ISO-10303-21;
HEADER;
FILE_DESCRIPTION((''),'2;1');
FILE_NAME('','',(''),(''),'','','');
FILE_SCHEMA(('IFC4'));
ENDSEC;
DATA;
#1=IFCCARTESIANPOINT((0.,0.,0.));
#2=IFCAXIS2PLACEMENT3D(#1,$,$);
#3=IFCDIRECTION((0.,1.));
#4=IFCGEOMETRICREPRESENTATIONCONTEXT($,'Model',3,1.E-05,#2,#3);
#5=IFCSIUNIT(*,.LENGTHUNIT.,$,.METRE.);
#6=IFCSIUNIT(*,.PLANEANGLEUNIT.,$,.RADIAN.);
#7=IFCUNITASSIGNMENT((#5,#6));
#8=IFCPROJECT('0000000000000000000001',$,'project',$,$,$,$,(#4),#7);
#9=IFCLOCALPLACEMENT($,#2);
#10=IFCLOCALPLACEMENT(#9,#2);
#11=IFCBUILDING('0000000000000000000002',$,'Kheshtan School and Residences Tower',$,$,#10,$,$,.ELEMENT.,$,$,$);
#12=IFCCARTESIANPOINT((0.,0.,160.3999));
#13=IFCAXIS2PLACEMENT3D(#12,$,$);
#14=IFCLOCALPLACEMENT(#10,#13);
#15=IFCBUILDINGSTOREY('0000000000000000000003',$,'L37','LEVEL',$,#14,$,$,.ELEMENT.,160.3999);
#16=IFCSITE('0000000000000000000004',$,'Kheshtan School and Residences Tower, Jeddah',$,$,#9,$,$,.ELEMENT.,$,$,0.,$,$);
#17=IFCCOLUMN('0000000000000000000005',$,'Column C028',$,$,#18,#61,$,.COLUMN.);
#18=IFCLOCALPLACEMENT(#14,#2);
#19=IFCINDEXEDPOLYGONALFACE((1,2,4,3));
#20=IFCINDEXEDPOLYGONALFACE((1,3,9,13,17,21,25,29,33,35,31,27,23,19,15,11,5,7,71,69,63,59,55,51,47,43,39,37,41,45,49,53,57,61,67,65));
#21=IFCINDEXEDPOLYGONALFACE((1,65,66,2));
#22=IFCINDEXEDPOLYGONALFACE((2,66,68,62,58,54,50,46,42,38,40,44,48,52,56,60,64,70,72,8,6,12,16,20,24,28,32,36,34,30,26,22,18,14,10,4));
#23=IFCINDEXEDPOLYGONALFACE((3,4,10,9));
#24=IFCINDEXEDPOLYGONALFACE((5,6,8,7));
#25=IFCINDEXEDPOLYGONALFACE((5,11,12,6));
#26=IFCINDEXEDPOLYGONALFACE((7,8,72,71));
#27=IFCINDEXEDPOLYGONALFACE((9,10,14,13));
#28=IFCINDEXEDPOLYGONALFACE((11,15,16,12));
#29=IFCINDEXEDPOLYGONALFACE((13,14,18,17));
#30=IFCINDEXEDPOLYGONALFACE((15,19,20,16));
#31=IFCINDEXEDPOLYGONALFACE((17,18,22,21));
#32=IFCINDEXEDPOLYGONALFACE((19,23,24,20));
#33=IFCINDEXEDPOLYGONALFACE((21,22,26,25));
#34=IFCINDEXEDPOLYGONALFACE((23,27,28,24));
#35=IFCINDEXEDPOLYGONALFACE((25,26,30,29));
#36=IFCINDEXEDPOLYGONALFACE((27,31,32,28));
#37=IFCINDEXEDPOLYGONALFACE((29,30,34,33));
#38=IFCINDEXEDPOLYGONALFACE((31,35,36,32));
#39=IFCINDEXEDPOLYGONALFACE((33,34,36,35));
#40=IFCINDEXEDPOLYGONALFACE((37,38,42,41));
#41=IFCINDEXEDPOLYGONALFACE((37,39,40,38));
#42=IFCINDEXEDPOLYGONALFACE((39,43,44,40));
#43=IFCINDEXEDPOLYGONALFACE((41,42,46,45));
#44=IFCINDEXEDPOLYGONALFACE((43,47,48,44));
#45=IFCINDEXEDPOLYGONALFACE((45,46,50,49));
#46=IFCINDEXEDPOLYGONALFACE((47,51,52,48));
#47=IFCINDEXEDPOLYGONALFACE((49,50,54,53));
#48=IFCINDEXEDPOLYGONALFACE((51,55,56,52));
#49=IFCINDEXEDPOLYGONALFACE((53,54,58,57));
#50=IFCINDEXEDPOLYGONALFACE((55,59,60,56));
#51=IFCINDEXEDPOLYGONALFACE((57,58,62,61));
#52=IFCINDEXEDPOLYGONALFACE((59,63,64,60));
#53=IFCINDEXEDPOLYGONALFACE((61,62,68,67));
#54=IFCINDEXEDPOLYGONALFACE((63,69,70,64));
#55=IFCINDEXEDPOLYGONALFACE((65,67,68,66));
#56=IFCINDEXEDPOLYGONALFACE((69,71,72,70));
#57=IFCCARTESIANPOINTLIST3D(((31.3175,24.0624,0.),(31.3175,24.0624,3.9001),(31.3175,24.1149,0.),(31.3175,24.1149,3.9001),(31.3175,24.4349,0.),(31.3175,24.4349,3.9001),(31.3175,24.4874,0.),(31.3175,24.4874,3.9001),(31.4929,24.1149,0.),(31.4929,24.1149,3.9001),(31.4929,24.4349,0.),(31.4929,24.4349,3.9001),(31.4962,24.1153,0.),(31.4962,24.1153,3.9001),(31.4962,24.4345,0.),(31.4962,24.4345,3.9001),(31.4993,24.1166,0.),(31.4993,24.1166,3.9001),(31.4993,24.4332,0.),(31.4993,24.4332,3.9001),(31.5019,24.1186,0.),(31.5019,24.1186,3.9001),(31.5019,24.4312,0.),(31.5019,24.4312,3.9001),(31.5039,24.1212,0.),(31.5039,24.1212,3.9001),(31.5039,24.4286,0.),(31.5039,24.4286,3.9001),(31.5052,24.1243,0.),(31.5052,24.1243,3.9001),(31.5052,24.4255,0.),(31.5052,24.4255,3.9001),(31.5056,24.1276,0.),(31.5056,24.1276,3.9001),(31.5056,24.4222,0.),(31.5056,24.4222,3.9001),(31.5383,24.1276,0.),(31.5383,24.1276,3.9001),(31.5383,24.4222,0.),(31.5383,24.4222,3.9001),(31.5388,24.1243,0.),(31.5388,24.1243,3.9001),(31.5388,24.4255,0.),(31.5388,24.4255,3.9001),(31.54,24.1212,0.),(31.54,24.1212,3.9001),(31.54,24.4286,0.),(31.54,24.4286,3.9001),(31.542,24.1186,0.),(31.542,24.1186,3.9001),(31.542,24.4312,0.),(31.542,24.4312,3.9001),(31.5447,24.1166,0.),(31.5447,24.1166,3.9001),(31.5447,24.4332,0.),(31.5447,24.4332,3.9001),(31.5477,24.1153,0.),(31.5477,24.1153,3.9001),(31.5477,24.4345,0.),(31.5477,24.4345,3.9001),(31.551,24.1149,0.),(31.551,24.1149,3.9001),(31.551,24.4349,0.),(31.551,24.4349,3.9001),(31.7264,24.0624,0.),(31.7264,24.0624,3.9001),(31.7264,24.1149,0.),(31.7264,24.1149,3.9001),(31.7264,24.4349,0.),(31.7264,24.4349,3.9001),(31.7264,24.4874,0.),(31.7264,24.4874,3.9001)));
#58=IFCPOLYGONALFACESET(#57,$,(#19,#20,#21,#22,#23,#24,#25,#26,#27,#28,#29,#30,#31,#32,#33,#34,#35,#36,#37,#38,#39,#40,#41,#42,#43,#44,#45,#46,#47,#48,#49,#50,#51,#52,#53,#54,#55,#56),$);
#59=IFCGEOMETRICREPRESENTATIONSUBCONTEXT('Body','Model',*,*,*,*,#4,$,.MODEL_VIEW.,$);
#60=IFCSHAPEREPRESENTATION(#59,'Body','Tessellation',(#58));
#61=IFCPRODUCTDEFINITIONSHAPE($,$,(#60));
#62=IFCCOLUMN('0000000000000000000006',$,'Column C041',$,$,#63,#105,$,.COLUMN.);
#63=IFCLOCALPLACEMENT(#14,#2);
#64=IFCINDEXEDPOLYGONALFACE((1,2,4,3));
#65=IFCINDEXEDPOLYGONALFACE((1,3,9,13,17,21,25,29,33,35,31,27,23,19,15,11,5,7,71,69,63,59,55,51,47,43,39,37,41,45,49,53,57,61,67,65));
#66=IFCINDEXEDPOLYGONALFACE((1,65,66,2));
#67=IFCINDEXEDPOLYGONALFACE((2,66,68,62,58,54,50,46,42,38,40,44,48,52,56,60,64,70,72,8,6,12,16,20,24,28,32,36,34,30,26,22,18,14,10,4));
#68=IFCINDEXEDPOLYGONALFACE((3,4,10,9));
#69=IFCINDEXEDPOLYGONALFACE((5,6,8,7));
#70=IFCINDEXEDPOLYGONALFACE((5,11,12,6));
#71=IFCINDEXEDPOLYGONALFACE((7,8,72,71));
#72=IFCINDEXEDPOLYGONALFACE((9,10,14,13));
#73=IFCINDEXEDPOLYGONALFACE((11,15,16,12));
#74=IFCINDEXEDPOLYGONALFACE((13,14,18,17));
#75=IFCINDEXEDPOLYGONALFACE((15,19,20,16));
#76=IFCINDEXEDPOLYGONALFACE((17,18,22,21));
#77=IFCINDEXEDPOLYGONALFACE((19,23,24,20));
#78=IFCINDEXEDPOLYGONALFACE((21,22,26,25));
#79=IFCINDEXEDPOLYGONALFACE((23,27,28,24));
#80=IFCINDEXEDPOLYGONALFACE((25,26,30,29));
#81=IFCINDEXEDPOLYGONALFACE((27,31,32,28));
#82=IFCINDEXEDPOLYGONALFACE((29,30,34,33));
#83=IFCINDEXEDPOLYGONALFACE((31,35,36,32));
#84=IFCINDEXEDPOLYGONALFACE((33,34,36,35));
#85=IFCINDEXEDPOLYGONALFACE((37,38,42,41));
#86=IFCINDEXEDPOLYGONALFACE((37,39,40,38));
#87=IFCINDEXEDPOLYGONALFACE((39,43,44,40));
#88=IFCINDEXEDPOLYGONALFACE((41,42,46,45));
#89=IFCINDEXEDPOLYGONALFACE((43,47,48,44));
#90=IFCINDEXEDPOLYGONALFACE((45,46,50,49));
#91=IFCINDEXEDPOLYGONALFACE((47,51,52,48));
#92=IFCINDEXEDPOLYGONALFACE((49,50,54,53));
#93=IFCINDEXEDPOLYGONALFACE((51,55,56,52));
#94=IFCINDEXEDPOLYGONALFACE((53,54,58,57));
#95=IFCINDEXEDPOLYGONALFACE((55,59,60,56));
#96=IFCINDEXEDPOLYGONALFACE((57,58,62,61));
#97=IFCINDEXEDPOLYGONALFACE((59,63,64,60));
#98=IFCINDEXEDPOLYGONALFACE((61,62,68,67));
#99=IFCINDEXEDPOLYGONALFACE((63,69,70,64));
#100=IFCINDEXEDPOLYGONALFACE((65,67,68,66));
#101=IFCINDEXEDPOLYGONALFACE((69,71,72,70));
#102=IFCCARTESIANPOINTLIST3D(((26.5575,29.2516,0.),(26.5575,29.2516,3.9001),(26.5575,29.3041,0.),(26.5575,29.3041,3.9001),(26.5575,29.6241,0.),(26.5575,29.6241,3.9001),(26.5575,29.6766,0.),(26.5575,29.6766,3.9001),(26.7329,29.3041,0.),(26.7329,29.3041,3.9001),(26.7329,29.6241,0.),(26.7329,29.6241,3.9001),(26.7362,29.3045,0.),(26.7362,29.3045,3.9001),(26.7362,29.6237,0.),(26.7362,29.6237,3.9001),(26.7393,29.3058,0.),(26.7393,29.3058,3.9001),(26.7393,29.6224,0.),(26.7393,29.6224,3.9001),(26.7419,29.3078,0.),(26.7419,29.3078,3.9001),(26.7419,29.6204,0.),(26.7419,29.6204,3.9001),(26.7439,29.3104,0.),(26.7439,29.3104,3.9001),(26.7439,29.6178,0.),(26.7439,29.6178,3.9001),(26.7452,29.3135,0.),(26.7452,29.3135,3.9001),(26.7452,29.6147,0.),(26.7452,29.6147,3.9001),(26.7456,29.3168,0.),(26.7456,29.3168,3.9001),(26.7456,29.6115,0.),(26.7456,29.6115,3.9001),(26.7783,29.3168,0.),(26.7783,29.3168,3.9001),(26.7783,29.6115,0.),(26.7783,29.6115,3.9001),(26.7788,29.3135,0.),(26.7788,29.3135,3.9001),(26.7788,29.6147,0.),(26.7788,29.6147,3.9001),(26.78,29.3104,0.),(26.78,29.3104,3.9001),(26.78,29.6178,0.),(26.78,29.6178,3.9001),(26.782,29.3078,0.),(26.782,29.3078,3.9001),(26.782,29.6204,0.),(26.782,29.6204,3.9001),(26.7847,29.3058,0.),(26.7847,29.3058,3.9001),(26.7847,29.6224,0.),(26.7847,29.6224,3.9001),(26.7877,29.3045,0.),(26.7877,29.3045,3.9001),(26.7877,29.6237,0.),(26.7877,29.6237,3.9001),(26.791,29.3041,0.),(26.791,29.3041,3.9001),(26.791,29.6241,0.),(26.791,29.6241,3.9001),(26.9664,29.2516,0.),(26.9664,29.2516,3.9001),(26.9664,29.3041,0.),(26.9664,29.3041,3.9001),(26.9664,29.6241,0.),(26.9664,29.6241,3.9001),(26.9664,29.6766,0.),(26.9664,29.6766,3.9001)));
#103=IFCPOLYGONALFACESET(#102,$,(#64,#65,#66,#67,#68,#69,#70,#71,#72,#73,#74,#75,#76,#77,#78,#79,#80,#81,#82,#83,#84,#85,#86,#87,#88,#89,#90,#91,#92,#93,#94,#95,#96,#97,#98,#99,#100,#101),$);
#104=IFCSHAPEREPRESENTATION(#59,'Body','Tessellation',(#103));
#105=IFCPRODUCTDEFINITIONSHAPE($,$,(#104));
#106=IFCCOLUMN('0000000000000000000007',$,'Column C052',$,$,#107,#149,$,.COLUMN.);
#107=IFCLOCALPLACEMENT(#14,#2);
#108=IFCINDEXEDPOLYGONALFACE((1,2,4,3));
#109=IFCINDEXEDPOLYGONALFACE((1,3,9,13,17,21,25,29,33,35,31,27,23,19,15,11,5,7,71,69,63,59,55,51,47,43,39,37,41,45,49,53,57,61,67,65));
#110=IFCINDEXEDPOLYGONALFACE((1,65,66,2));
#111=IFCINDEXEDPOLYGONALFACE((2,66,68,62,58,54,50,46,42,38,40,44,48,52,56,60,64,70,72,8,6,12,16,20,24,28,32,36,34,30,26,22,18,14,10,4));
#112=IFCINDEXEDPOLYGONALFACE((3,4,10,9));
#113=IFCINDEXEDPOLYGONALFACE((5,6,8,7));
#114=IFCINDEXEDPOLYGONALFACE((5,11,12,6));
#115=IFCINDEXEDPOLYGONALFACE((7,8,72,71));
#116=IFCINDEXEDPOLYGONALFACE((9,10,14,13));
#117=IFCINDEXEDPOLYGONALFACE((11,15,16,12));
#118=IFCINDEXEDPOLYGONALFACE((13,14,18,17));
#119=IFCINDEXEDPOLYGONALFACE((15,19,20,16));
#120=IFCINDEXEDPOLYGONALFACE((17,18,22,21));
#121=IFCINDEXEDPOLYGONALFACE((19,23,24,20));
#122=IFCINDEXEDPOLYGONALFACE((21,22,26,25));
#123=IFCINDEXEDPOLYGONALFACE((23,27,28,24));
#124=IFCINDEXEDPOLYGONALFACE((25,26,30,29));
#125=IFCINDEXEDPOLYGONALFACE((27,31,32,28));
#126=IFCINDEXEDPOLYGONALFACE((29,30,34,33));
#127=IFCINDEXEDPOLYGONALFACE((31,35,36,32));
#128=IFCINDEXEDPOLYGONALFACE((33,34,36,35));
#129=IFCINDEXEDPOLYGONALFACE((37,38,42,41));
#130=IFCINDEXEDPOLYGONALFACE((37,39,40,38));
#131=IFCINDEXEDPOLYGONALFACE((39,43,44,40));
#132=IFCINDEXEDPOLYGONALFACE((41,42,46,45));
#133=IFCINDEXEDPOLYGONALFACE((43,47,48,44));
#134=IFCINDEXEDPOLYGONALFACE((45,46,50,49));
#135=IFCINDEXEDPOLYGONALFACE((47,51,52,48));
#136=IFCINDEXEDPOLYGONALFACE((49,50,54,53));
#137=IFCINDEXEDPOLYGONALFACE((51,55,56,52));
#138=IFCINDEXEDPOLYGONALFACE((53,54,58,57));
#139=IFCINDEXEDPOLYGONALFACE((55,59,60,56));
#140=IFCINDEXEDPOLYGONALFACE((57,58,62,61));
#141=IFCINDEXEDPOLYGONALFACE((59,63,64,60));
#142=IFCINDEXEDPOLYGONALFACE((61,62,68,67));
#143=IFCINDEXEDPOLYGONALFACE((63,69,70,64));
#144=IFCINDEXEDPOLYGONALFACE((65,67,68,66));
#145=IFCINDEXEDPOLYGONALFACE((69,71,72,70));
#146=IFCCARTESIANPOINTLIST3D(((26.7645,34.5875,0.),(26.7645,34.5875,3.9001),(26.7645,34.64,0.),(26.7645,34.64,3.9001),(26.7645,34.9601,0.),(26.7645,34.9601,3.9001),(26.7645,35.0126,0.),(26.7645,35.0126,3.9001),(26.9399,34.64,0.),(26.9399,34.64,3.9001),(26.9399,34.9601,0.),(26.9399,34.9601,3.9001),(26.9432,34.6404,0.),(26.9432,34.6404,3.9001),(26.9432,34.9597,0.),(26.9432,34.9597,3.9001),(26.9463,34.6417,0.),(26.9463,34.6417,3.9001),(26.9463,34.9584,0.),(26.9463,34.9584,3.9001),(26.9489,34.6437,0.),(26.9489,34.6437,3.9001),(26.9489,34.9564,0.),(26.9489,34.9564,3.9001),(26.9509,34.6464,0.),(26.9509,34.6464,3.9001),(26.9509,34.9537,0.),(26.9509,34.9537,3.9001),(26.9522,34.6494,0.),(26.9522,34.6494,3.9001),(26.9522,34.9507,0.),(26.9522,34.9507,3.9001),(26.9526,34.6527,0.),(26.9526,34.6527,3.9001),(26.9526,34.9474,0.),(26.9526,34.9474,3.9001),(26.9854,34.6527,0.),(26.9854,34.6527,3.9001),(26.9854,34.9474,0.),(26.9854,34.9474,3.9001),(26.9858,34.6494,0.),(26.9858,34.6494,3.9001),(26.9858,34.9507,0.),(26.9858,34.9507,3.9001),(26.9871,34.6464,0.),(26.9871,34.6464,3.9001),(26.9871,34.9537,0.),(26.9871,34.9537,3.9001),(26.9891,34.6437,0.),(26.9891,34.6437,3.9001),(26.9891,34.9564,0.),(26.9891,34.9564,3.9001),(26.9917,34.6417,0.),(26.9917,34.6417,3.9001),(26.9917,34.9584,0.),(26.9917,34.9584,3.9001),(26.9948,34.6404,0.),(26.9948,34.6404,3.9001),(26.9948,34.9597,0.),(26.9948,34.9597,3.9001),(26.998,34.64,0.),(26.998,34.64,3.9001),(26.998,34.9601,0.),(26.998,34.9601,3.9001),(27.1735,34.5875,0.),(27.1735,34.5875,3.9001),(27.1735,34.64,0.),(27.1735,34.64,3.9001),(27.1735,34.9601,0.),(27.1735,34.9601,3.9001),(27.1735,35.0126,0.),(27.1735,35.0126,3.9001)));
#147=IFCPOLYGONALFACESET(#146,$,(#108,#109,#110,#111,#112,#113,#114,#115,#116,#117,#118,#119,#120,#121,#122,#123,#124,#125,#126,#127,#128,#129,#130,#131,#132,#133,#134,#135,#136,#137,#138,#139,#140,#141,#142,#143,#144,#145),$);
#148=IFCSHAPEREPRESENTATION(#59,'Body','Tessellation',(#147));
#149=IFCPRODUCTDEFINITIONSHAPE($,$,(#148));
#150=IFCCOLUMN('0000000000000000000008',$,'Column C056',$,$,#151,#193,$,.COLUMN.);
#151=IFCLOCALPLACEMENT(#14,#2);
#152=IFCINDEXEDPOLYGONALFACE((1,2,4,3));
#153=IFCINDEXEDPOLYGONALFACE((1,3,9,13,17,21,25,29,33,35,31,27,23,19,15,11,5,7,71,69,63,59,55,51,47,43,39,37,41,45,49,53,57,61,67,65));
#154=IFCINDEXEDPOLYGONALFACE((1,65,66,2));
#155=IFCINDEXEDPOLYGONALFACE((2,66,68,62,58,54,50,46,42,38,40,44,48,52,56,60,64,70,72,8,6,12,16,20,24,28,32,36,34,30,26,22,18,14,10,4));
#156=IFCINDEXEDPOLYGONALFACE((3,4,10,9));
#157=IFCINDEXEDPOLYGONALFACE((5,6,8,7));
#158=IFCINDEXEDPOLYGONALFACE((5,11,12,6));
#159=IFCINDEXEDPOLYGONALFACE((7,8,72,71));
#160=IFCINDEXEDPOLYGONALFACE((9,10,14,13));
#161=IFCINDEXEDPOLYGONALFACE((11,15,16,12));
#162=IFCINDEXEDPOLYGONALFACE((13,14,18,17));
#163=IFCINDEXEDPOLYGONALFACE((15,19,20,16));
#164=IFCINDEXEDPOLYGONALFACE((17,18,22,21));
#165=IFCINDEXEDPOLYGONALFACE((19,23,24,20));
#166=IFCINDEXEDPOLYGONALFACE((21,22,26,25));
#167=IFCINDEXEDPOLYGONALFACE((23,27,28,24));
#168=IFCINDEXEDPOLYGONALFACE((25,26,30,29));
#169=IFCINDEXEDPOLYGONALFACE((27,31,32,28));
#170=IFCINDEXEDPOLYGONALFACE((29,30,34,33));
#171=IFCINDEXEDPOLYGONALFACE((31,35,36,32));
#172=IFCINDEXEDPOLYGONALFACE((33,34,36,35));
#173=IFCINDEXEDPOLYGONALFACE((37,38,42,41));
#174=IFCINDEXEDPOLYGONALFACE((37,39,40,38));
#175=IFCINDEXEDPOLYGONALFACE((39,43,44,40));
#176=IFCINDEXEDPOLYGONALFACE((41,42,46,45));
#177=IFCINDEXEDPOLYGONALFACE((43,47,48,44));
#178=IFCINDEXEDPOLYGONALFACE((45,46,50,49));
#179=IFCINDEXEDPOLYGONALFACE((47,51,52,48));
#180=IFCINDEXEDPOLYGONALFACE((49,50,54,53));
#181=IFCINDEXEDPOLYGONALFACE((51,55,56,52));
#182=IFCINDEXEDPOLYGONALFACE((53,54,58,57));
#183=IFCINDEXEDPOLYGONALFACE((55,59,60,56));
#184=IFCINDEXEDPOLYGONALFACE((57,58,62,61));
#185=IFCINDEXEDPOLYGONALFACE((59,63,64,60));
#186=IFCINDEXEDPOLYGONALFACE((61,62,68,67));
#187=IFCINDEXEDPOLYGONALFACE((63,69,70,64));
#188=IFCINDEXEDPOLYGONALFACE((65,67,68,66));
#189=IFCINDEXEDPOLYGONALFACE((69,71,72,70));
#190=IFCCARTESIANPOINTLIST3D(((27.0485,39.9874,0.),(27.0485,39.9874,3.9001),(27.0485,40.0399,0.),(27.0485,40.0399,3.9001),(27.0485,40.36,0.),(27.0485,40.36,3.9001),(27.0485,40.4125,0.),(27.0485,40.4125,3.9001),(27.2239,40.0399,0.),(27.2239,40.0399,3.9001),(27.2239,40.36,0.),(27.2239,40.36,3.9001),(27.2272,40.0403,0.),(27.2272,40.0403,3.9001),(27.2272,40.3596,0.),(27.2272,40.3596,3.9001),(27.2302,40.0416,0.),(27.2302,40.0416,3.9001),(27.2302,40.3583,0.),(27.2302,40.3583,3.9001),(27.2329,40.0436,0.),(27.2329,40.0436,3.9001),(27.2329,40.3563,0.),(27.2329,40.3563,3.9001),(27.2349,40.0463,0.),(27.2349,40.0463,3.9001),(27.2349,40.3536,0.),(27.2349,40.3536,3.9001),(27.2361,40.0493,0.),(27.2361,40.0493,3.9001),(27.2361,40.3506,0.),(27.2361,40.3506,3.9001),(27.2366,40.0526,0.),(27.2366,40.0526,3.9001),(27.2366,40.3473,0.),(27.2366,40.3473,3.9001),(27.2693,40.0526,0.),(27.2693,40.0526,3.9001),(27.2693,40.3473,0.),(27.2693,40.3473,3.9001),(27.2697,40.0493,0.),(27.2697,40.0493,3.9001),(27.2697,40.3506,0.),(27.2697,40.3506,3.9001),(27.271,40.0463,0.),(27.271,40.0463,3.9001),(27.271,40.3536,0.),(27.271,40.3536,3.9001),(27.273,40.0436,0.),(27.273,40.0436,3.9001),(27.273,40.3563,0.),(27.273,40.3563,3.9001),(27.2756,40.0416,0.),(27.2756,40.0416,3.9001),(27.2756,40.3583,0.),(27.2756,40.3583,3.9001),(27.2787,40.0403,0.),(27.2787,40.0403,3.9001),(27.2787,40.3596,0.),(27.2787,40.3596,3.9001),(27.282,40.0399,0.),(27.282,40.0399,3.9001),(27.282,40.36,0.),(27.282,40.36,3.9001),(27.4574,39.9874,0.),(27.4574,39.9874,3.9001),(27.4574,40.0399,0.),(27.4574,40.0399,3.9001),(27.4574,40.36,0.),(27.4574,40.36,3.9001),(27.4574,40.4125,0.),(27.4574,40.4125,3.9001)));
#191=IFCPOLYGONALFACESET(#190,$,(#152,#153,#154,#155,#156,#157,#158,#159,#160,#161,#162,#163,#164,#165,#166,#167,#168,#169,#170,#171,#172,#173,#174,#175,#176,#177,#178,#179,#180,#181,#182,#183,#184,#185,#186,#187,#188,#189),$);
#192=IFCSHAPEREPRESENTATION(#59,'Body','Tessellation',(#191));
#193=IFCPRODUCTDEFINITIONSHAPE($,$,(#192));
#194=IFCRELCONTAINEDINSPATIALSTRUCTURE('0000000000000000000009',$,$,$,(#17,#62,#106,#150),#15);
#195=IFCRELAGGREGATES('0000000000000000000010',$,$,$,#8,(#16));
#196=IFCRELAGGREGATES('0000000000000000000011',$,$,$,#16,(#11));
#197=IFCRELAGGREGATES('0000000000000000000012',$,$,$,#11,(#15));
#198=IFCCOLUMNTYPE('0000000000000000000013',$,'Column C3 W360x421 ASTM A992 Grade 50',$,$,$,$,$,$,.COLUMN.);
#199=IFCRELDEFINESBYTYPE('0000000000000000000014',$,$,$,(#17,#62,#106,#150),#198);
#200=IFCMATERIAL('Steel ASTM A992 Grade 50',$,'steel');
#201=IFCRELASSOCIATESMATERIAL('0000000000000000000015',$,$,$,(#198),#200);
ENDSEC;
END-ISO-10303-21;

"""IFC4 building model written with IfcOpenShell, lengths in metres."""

from ifc_helpers import new_model, si_unit, direction, frame, origin, origin_2d, place, context, subcontext, project, spatial, i_section, extrude, material, material_profile, profile_set, type_object, element, save


model = new_model("IFC4")

# Units and contexts
model_context = context("Model", 3, precision=1e-05, world=origin(), true_north=direction((0.0, 1.0)))
body_context = subcontext(model_context, "Body", "Model", "MODEL_VIEW")
ifc_project = project(units=[si_unit("LENGTHUNIT", "METRE"), si_unit("PLANEANGLEUNIT", "RADIAN")], contexts=[model_context])

# Site, building, storey
site_placement = place(None, origin())
site = spatial("IfcSite", under=ifc_project, at=site_placement, Name="Kheshtan School and Residences Tower, Jeddah", CompositionType="ELEMENT", RefElevation=0.0)
building_placement = place(site_placement, origin())
building = spatial("IfcBuilding", under=site, at=building_placement, Name="Kheshtan School and Residences Tower", CompositionType="ELEMENT")
storey_placement = place(building_placement, frame((0.0, 0.0, 160.3999)))
storey = spatial("IfcBuildingStorey", under=building, at=storey_placement, Name="L37", Description="LEVEL", CompositionType="ELEMENT", Elevation=160.3999)

# Columns
ifc_material_1 = material(Name="Steel ASTM A992 Grade 50", Category="steel")
ifc_material_profile_1 = material_profile(ifc_material_1, i_section(OverallWidth=0.4089, OverallDepth=0.425, WebThickness=0.0327, FlangeThickness=0.0525, FilletRadius=0.0127, at=origin_2d()), Name="W360x421")
ifc_profile_set_1 = profile_set([ifc_material_profile_1], Name="Steel ASTM A992 Grade 50")
column_type = type_object("IfcColumnType", Name="Column C3 W360x421 ASTM A992 Grade 50", PredefinedType="COLUMN", material=ifc_profile_set_1)
for number, where, z_axis, x_axis, name in (
    (1, (31.522, 24.2749, 0.0), (0.0, 0.0, 1.0), (1.0, 0.0, 0.0), "Column C028"),
    (2, (26.762, 29.4641, 0.0), (0.0, 0.0, 1.0), (1.0, 0.0, 0.0), "Column C041"),
    (3, (26.969, 34.8, 0.0), (0.0, 0.0, 1.0), (1.0, 0.0, 0.0), "Column C052"),
    (4, (27.2529, 40.2, 0.0), (0.0, 0.0, 1.0), (1.0, 0.0, 0.0), "Column C056"),
):
    element("IfcColumn", number, at=place(storey_placement, frame(where, z_axis=z_axis, x_axis=x_axis)), inside=storey, type_object=column_type, Name=name, PredefinedType="COLUMN", context=body_context, shape_type="SweptSolid", body=[
        extrude(i_section(OverallWidth=0.4089, OverallDepth=0.425, WebThickness=0.0327, FlangeThickness=0.0525, FilletRadius=0.0127, at=origin_2d()), origin(), (0.0, 0.0, 1.0), 3.9001),
    ])

save(model, "model.ifc")
